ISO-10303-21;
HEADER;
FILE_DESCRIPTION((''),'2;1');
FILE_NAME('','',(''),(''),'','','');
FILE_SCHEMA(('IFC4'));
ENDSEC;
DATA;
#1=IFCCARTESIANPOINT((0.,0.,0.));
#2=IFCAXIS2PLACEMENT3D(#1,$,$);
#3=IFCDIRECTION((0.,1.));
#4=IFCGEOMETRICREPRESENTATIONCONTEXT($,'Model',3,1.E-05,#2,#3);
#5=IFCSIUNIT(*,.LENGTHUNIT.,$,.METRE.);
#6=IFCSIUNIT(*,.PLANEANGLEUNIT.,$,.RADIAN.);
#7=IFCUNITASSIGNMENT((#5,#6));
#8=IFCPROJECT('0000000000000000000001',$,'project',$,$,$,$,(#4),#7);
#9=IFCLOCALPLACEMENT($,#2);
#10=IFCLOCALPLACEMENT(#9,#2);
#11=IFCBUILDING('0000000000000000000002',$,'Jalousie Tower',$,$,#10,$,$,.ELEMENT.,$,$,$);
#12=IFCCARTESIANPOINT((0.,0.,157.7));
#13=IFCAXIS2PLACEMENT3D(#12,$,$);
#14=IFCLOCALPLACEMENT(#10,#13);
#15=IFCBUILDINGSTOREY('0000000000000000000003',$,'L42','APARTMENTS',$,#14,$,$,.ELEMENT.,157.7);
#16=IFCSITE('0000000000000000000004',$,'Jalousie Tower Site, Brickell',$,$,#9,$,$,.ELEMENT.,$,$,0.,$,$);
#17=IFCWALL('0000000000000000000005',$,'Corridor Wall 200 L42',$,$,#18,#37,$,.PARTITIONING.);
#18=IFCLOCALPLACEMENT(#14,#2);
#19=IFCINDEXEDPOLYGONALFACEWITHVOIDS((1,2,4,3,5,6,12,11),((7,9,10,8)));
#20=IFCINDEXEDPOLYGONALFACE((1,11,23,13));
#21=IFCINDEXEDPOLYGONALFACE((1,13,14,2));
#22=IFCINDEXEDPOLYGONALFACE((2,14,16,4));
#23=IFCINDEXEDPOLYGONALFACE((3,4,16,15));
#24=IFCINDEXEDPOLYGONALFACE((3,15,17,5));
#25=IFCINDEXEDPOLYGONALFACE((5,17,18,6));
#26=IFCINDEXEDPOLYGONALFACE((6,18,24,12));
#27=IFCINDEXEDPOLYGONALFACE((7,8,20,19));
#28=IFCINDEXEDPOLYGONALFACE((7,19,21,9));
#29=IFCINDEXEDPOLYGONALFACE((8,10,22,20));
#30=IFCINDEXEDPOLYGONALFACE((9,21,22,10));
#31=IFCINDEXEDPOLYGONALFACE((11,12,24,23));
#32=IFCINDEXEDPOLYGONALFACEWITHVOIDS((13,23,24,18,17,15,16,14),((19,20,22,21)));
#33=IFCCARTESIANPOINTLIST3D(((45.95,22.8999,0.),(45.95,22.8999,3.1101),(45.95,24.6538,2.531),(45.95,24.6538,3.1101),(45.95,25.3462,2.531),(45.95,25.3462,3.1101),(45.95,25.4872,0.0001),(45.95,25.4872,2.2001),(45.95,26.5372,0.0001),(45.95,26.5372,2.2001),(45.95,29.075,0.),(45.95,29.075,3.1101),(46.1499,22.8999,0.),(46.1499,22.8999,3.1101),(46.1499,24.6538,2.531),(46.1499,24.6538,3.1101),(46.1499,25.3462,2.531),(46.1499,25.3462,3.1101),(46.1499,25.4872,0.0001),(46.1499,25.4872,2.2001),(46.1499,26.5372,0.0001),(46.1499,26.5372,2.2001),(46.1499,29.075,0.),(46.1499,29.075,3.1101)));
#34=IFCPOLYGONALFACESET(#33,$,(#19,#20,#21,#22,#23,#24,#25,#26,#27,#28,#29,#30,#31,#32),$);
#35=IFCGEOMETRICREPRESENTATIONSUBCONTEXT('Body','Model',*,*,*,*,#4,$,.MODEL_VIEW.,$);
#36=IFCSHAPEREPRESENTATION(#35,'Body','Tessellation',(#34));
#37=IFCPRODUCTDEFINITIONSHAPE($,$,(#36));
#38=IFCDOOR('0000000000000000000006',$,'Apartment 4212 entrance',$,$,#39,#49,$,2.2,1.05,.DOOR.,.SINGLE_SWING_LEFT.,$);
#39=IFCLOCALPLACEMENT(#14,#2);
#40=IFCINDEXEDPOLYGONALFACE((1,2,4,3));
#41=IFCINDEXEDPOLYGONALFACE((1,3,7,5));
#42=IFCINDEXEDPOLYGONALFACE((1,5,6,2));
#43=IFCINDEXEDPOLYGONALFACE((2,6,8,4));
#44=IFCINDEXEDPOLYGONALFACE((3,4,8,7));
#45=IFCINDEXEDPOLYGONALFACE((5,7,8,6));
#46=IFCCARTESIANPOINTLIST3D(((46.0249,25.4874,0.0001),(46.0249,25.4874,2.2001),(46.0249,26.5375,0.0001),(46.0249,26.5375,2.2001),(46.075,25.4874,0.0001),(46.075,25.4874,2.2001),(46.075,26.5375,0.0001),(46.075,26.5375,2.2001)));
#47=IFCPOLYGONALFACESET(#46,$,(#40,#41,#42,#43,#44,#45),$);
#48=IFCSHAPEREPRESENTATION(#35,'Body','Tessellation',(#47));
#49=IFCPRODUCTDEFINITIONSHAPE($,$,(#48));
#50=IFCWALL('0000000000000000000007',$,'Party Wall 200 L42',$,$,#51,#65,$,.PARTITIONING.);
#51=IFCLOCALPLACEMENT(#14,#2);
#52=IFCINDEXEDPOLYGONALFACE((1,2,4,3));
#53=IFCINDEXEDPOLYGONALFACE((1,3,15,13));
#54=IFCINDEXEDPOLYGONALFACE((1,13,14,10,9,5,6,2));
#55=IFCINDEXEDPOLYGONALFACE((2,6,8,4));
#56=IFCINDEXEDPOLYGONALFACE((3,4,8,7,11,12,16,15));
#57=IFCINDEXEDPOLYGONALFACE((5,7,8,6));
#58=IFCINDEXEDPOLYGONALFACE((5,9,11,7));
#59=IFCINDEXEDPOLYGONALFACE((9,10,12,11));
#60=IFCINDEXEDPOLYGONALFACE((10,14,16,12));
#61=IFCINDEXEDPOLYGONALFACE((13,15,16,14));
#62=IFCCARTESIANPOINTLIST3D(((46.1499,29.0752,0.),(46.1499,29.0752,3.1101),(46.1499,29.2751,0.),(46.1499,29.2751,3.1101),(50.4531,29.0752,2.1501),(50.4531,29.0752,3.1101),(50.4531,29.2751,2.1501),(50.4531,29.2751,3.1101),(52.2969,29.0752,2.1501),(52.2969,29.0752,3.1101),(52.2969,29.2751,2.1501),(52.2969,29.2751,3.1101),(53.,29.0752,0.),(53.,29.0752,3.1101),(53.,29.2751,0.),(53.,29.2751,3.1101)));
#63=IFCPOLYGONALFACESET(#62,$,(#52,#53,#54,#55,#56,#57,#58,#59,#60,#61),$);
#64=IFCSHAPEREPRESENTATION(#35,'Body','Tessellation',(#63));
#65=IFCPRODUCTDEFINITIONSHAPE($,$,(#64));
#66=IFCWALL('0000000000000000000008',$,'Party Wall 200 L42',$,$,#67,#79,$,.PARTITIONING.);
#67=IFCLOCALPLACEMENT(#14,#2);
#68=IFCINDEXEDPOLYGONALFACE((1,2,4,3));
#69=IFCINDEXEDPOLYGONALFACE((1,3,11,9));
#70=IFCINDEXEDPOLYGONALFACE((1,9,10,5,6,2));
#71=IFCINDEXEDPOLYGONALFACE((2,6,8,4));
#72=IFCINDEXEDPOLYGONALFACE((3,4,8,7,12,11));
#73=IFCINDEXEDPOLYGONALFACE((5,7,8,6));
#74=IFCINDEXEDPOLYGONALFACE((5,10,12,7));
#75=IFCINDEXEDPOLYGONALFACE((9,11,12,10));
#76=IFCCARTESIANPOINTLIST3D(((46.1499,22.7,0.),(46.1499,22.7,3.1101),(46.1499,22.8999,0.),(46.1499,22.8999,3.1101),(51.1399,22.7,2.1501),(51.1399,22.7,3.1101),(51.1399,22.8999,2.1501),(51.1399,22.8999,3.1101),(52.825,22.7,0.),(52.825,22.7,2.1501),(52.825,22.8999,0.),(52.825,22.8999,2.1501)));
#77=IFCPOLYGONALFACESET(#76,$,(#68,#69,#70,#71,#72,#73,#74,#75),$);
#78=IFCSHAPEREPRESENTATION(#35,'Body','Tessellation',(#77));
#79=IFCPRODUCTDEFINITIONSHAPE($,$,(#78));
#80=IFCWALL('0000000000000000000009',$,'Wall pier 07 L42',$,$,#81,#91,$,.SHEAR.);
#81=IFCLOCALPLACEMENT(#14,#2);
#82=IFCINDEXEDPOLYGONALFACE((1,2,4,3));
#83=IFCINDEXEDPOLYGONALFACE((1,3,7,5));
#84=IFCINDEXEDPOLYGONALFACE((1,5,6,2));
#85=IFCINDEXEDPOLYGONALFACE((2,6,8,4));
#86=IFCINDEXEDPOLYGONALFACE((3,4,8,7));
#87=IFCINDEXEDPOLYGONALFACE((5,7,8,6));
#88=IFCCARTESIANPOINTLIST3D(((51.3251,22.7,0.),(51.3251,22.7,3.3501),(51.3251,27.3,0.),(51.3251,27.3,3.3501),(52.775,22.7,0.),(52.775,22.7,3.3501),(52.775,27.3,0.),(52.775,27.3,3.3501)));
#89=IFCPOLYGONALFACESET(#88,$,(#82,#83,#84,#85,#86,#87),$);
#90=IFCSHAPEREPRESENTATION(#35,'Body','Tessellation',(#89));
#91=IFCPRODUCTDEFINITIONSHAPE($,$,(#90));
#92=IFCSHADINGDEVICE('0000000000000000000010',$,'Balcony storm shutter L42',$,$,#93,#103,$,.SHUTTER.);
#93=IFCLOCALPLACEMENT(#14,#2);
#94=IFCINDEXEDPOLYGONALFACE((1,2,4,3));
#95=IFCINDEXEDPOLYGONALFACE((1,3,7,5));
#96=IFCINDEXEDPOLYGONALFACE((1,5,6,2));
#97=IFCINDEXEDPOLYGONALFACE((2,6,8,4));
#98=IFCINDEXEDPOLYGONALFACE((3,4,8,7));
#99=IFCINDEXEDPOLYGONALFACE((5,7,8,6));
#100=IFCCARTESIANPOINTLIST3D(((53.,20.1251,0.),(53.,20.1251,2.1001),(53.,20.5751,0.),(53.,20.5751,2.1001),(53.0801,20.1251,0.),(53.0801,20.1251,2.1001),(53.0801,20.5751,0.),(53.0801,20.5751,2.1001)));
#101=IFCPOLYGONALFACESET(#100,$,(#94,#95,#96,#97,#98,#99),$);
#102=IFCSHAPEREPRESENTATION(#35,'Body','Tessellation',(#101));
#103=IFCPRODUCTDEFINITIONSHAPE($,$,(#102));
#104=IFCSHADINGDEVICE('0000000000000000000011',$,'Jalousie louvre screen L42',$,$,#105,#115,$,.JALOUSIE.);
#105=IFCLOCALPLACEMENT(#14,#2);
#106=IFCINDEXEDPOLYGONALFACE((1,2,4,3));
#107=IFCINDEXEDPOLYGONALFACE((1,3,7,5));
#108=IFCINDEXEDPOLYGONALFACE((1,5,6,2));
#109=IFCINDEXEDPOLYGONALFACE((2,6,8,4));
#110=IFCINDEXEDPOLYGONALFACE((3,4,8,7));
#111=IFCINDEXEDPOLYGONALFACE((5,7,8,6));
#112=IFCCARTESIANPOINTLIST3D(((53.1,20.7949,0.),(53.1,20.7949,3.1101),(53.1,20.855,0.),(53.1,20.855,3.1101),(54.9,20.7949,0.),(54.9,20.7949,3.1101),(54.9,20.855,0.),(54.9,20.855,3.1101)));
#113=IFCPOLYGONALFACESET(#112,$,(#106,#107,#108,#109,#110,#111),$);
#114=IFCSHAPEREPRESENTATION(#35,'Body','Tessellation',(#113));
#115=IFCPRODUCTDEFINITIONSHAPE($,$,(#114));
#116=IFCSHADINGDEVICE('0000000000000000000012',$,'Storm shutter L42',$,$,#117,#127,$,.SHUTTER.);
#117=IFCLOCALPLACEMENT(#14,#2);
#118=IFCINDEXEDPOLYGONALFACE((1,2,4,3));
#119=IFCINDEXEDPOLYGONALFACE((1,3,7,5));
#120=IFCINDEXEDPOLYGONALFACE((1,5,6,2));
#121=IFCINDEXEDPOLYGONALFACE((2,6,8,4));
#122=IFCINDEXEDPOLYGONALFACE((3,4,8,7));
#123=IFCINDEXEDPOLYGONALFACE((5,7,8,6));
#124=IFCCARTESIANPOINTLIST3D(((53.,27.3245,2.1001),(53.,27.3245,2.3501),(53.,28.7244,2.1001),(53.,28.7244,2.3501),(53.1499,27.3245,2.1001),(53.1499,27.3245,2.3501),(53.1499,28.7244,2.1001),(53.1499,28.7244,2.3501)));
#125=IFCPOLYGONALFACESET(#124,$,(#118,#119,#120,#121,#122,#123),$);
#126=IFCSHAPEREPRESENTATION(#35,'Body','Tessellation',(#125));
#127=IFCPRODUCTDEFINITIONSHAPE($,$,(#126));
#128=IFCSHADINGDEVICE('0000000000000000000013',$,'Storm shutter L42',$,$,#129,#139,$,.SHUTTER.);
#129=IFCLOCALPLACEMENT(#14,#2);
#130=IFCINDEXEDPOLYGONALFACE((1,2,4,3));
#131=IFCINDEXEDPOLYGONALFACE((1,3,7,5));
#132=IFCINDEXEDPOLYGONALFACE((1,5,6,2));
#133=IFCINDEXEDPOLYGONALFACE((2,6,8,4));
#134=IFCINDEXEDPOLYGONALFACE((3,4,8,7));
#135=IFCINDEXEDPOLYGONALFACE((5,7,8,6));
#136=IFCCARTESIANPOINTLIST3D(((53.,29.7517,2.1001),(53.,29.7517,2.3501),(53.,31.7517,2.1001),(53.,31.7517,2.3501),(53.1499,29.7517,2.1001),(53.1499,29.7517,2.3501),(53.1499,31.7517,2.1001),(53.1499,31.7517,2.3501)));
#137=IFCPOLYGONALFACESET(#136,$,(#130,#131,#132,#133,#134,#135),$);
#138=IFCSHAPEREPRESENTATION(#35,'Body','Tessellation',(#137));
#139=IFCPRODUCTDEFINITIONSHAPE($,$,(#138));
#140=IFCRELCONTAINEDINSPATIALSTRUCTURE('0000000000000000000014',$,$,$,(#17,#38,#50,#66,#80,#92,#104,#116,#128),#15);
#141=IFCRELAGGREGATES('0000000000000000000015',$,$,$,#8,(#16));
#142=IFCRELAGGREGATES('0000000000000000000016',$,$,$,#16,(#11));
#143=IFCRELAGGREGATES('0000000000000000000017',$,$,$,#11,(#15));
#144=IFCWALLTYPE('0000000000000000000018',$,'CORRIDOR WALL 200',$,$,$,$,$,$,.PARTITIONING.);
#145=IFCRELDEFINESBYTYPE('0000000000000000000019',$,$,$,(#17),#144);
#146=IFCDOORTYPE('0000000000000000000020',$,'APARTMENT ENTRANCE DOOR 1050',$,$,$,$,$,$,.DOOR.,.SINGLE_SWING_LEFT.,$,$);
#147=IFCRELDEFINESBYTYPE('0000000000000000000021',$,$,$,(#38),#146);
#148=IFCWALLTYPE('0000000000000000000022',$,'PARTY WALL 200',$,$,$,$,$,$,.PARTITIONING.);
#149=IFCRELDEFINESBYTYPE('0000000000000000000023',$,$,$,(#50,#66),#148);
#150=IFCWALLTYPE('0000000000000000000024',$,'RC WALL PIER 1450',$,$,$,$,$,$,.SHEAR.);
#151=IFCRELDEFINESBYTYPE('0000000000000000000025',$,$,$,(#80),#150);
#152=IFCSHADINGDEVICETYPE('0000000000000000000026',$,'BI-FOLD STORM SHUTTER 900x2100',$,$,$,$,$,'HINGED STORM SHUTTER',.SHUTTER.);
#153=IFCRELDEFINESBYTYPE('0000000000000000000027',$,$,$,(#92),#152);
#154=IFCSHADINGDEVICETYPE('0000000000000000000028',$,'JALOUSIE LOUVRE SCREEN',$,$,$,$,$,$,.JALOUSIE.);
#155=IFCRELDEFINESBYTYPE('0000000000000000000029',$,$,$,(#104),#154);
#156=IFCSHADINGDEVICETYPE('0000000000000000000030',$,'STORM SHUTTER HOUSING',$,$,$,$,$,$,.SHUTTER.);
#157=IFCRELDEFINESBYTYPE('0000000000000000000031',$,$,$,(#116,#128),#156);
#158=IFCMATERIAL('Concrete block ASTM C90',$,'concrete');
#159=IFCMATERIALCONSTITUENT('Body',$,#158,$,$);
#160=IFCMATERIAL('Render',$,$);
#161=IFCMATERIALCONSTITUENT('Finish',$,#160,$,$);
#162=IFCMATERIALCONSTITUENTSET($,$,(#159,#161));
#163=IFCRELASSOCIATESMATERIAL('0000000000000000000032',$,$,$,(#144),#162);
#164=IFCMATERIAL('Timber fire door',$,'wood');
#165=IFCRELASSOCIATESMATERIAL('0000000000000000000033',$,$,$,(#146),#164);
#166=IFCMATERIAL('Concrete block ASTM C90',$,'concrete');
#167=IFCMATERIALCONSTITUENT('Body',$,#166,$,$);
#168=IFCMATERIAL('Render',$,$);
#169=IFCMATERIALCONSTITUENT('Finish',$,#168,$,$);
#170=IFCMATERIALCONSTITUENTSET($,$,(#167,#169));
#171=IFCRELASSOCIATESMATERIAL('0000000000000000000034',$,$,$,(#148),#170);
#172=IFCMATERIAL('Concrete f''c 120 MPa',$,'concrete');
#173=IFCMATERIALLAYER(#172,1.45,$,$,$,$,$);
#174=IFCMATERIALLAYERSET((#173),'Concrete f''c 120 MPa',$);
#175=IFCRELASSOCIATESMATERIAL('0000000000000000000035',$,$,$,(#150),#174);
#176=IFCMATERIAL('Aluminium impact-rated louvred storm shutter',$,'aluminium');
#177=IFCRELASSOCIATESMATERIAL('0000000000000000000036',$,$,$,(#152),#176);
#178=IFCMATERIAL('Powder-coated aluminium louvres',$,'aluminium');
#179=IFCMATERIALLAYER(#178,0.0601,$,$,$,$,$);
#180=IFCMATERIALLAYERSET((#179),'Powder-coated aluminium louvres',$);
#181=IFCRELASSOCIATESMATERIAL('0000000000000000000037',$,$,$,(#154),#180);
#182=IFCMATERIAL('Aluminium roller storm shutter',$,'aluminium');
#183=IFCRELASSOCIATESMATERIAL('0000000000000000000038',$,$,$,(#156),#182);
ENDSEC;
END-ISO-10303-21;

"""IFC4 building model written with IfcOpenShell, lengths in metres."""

from ifc_helpers import new_model, si_unit, direction, frame, frame_2d, origin, origin_2d, place, context, subcontext, project, spatial, polyline, rectangle, outline, extrude, material, layer, layer_set, constituent, constituent_set, type_object, element, fill, save


model = new_model("IFC4")

# Units and contexts
model_context = context("Model", 3, precision=1e-05, world=origin(), true_north=direction((0.0, 1.0)))
body_context = subcontext(model_context, "Body", "Model", "MODEL_VIEW")
ifc_project = project(units=[si_unit("LENGTHUNIT", "METRE"), si_unit("PLANEANGLEUNIT", "RADIAN")], contexts=[model_context])

# Site, building, storey
site_placement = place(None, origin())
site = spatial("IfcSite", under=ifc_project, at=site_placement, Name="Jalousie Tower Site, Brickell", CompositionType="ELEMENT", RefElevation=0.0)
building_placement = place(site_placement, origin())
building = spatial("IfcBuilding", under=site, at=building_placement, Name="Jalousie Tower", CompositionType="ELEMENT")
storey_placement = place(building_placement, frame((0.0, 0.0, 157.7)))
storey = spatial("IfcBuildingStorey", under=building, at=storey_placement, Name="L42", Description="APARTMENTS", CompositionType="ELEMENT", Elevation=157.7)

# Wall, opening, door
ifc_material_1 = material(Name="Concrete block ASTM C90", Category="concrete")
ifc_constituent_1 = constituent(ifc_material_1, Name="Body")
ifc_material_2 = material(Name="Render")
ifc_constituent_2 = constituent(ifc_material_2, Name="Finish")
ifc_constituent_set_1 = constituent_set(constituents=[ifc_constituent_1, ifc_constituent_2])
wall_type_1 = type_object("IfcWallType", Name="CORRIDOR WALL 200", PredefinedType="PARTITIONING", material=ifc_constituent_set_1)
wall_1_placement = place(storey_placement, frame((46.05, 22.8999, 0.0), z_axis=(0.0, 0.0, 1.0), x_axis=(0.0, 1.0, 0.0)))
wall_1 = element("IfcWall", 1, at=wall_1_placement, inside=storey, type_object=wall_type_1, Name="Corridor Wall 200 L42", PredefinedType="PARTITIONING", context=body_context, shape_type="SweptSolid", body=[
    extrude(outline(polyline([(0.0, 0.0), (6.175, 0.0), (6.175, 3.1101), (2.4463, 3.1101), (2.4463, 2.531), (1.7539, 2.531), (1.7539, 3.1101), (0.0, 3.1101), (0.0, 0.0)])), frame((0.0, 0.1001, 0.0), z_axis=(0.0, -1.0, 0.0), x_axis=(1.0, 0.0, 0.0)), (0.0, 0.0, 1.0), 0.2),
])
opening_1_placement = place(wall_1_placement, frame((2.5874, 0.0, 0.0)))
opening_1 = element("IfcOpeningElement", 2, at=opening_1_placement, cuts=wall_1, PredefinedType="OPENING", context=body_context, shape_type="SweptSolid", body=[
    extrude(rectangle(XDim=1.05, YDim=2.2, at=frame_2d((0.5249, 1.1001))), frame((0.0, 0.1099, 0.0), z_axis=(0.0, -1.0, 0.0), x_axis=(1.0, 0.0, 0.0)), (0.0, 0.0, 1.0), 0.22),
])
ifc_material_3 = material(Name="Timber fire door", Category="wood")
door_type_1 = type_object("IfcDoorType", Name="APARTMENT ENTRANCE DOOR 1050", OperationType="SINGLE_SWING_LEFT", PredefinedType="DOOR", material=ifc_material_3)
door_1_placement = place(opening_1_placement, frame((1.05, 0.0, 0.0), z_axis=(0.0, 0.0, 1.0), x_axis=(-1.0, 0.0, 0.0)))
door_1 = element("IfcDoor", 3, at=door_1_placement, inside=storey, type_object=door_type_1, Name="Apartment 4212 entrance", OperationType="SINGLE_SWING_LEFT", OverallHeight=2.2, OverallWidth=1.05, PredefinedType="DOOR", context=body_context, shape_type="SweptSolid", body=[
    extrude(rectangle(XDim=1.05, YDim=2.2, at=frame_2d((0.5249, 1.1001))), frame((0.0, 0.0249, 0.0), z_axis=(0.0, -1.0, 0.0), x_axis=(1.0, 0.0, 0.0)), (0.0, 0.0, 1.0), 0.05),
])
fill(opening_1, door_1)

# Walls
ifc_material_4 = material(Name="Concrete block ASTM C90", Category="concrete")
ifc_constituent_3 = constituent(ifc_material_4, Name="Body")
ifc_material_5 = material(Name="Render")
ifc_constituent_4 = constituent(ifc_material_5, Name="Finish")
ifc_constituent_set_2 = constituent_set(constituents=[ifc_constituent_3, ifc_constituent_4])
wall_type_2 = type_object("IfcWallType", Name="PARTY WALL 200", PredefinedType="PARTITIONING", material=ifc_constituent_set_2)
wall_2_placement = place(storey_placement, frame((46.1499, 29.175, 0.0), z_axis=(0.0, 0.0, 1.0), x_axis=(1.0, 0.0, 0.0)))
element("IfcWall", 4, at=wall_2_placement, inside=storey, type_object=wall_type_2, Name="Party Wall 200 L42", PredefinedType="PARTITIONING", context=body_context, shape_type="SweptSolid", body=[
    extrude(outline(polyline([(0.0, 0.0), (6.8501, 0.0), (6.8501, 3.1101), (6.147, 3.1101), (6.147, 2.1501), (4.3032, 2.1501), (4.3032, 3.1101), (0.0, 3.1101), (0.0, 0.0)])), frame((0.0, 0.1001, 0.0), z_axis=(0.0, -1.0, 0.0), x_axis=(1.0, 0.0, 0.0)), (0.0, 0.0, 1.0), 0.2),
])
wall_3_placement = place(storey_placement, frame((52.825, 22.8, 0.0), z_axis=(0.0, 0.0, 1.0), x_axis=(-1.0, 0.0, 0.0)))
element("IfcWall", 5, at=wall_3_placement, inside=storey, type_object=wall_type_2, Name="Party Wall 200 L42", PredefinedType="PARTITIONING", context=body_context, shape_type="SweptSolid", body=[
    extrude(outline(polyline([(0.0, 0.0), (6.675, 0.0), (6.675, 3.1101), (1.6851, 3.1101), (1.6851, 2.1501), (0.0, 2.1501), (0.0, 3.1101), (0.0, 0.0)])), frame((0.0, 0.1001, 0.0), z_axis=(0.0, -1.0, 0.0), x_axis=(1.0, 0.0, 0.0)), (0.0, 0.0, 1.0), 0.2),
])
ifc_material_6 = material(Name="Concrete f'c 120 MPa", Category="concrete")
ifc_layer_1 = layer(ifc_material_6, 1.45)
ifc_layer_set_1 = layer_set([ifc_layer_1], Name="Concrete f'c 120 MPa")
wall_type_3 = type_object("IfcWallType", Name="RC WALL PIER 1450", PredefinedType="SHEAR", material=ifc_layer_set_1)
wall_4_placement = place(storey_placement, frame((52.05, 22.7, 0.0), z_axis=(0.0, 0.0, 1.0), x_axis=(0.0, 1.0, 0.0)))
element("IfcWall", 6, at=wall_4_placement, inside=storey, type_object=wall_type_3, Name="Wall pier 07 L42", PredefinedType="SHEAR", context=body_context, shape_type="SweptSolid", body=[
    extrude(rectangle(XDim=4.6001, YDim=1.45, at=frame_2d((2.3, 0.0))), origin(), (0.0, 0.0, 1.0), 3.3501),
])

# Shading devices
ifc_material_7 = material(Name="Aluminium impact-rated louvred storm shutter", Category="aluminium")
shading_device_type_1 = type_object("IfcShadingDeviceType", Name="BI-FOLD STORM SHUTTER 900x2100", ElementType="HINGED STORM SHUTTER", PredefinedType="SHUTTER", material=ifc_material_7)
shading_device_1_placement = place(storey_placement, frame((53.04, 20.3501, 0.0), z_axis=(0.0, 0.0, 1.0), x_axis=(0.0, 1.0, 0.0)))
element("IfcShadingDevice", 7, at=shading_device_1_placement, inside=storey, type_object=shading_device_type_1, Name="Balcony storm shutter L42", PredefinedType="SHUTTER", context=body_context, shape_type="SweptSolid", body=[
    extrude(rectangle(XDim=0.45, YDim=0.0801, at=origin_2d()), origin(), (0.0, 0.0, 1.0), 2.1001),
])
ifc_material_8 = material(Name="Powder-coated aluminium louvres", Category="aluminium")
ifc_layer_2 = layer(ifc_material_8, 0.0601)
ifc_layer_set_2 = layer_set([ifc_layer_2], Name="Powder-coated aluminium louvres")
shading_device_type_2 = type_object("IfcShadingDeviceType", Name="JALOUSIE LOUVRE SCREEN", PredefinedType="JALOUSIE", material=ifc_layer_set_2)
shading_device_2_placement = place(storey_placement, frame((54.0, 20.825, 0.0), z_axis=(0.0, 0.0, 1.0), x_axis=(0.0, 1.0, 0.0)))
element("IfcShadingDevice", 8, at=shading_device_2_placement, inside=storey, type_object=shading_device_type_2, Name="Jalousie louvre screen L42", PredefinedType="JALOUSIE", context=body_context, shape_type="SweptSolid", body=[
    extrude(rectangle(XDim=0.0601, YDim=1.8, at=origin_2d()), origin(), (0.0, 0.0, 1.0), 3.1101),
])
ifc_material_9 = material(Name="Aluminium roller storm shutter", Category="aluminium")
shading_device_type_3 = type_object("IfcShadingDeviceType", Name="STORM SHUTTER HOUSING", PredefinedType="SHUTTER", material=ifc_material_9)
shading_device_3_placement = place(storey_placement, frame((53.075, 28.0244, 2.1001), z_axis=(0.0, 0.0, 1.0), x_axis=(0.0, 1.0, 0.0)))
element("IfcShadingDevice", 9, at=shading_device_3_placement, inside=storey, type_object=shading_device_type_3, Name="Storm shutter L42", PredefinedType="SHUTTER", context=body_context, shape_type="SweptSolid", body=[
    extrude(rectangle(XDim=1.3999, YDim=0.1499, at=origin_2d()), origin(), (0.0, 0.0, 1.0), 0.25),
])
shading_device_4_placement = place(storey_placement, frame((53.075, 30.7517, 2.1001), z_axis=(0.0, 0.0, 1.0), x_axis=(0.0, 1.0, 0.0)))
element("IfcShadingDevice", 10, at=shading_device_4_placement, inside=storey, type_object=shading_device_type_3, Name="Storm shutter L42", PredefinedType="SHUTTER", context=body_context, shape_type="SweptSolid", body=[
    extrude(rectangle(XDim=2.0, YDim=0.1499, at=origin_2d()), origin(), (0.0, 0.0, 1.0), 0.25),
])

save(model, "model.ifc")
